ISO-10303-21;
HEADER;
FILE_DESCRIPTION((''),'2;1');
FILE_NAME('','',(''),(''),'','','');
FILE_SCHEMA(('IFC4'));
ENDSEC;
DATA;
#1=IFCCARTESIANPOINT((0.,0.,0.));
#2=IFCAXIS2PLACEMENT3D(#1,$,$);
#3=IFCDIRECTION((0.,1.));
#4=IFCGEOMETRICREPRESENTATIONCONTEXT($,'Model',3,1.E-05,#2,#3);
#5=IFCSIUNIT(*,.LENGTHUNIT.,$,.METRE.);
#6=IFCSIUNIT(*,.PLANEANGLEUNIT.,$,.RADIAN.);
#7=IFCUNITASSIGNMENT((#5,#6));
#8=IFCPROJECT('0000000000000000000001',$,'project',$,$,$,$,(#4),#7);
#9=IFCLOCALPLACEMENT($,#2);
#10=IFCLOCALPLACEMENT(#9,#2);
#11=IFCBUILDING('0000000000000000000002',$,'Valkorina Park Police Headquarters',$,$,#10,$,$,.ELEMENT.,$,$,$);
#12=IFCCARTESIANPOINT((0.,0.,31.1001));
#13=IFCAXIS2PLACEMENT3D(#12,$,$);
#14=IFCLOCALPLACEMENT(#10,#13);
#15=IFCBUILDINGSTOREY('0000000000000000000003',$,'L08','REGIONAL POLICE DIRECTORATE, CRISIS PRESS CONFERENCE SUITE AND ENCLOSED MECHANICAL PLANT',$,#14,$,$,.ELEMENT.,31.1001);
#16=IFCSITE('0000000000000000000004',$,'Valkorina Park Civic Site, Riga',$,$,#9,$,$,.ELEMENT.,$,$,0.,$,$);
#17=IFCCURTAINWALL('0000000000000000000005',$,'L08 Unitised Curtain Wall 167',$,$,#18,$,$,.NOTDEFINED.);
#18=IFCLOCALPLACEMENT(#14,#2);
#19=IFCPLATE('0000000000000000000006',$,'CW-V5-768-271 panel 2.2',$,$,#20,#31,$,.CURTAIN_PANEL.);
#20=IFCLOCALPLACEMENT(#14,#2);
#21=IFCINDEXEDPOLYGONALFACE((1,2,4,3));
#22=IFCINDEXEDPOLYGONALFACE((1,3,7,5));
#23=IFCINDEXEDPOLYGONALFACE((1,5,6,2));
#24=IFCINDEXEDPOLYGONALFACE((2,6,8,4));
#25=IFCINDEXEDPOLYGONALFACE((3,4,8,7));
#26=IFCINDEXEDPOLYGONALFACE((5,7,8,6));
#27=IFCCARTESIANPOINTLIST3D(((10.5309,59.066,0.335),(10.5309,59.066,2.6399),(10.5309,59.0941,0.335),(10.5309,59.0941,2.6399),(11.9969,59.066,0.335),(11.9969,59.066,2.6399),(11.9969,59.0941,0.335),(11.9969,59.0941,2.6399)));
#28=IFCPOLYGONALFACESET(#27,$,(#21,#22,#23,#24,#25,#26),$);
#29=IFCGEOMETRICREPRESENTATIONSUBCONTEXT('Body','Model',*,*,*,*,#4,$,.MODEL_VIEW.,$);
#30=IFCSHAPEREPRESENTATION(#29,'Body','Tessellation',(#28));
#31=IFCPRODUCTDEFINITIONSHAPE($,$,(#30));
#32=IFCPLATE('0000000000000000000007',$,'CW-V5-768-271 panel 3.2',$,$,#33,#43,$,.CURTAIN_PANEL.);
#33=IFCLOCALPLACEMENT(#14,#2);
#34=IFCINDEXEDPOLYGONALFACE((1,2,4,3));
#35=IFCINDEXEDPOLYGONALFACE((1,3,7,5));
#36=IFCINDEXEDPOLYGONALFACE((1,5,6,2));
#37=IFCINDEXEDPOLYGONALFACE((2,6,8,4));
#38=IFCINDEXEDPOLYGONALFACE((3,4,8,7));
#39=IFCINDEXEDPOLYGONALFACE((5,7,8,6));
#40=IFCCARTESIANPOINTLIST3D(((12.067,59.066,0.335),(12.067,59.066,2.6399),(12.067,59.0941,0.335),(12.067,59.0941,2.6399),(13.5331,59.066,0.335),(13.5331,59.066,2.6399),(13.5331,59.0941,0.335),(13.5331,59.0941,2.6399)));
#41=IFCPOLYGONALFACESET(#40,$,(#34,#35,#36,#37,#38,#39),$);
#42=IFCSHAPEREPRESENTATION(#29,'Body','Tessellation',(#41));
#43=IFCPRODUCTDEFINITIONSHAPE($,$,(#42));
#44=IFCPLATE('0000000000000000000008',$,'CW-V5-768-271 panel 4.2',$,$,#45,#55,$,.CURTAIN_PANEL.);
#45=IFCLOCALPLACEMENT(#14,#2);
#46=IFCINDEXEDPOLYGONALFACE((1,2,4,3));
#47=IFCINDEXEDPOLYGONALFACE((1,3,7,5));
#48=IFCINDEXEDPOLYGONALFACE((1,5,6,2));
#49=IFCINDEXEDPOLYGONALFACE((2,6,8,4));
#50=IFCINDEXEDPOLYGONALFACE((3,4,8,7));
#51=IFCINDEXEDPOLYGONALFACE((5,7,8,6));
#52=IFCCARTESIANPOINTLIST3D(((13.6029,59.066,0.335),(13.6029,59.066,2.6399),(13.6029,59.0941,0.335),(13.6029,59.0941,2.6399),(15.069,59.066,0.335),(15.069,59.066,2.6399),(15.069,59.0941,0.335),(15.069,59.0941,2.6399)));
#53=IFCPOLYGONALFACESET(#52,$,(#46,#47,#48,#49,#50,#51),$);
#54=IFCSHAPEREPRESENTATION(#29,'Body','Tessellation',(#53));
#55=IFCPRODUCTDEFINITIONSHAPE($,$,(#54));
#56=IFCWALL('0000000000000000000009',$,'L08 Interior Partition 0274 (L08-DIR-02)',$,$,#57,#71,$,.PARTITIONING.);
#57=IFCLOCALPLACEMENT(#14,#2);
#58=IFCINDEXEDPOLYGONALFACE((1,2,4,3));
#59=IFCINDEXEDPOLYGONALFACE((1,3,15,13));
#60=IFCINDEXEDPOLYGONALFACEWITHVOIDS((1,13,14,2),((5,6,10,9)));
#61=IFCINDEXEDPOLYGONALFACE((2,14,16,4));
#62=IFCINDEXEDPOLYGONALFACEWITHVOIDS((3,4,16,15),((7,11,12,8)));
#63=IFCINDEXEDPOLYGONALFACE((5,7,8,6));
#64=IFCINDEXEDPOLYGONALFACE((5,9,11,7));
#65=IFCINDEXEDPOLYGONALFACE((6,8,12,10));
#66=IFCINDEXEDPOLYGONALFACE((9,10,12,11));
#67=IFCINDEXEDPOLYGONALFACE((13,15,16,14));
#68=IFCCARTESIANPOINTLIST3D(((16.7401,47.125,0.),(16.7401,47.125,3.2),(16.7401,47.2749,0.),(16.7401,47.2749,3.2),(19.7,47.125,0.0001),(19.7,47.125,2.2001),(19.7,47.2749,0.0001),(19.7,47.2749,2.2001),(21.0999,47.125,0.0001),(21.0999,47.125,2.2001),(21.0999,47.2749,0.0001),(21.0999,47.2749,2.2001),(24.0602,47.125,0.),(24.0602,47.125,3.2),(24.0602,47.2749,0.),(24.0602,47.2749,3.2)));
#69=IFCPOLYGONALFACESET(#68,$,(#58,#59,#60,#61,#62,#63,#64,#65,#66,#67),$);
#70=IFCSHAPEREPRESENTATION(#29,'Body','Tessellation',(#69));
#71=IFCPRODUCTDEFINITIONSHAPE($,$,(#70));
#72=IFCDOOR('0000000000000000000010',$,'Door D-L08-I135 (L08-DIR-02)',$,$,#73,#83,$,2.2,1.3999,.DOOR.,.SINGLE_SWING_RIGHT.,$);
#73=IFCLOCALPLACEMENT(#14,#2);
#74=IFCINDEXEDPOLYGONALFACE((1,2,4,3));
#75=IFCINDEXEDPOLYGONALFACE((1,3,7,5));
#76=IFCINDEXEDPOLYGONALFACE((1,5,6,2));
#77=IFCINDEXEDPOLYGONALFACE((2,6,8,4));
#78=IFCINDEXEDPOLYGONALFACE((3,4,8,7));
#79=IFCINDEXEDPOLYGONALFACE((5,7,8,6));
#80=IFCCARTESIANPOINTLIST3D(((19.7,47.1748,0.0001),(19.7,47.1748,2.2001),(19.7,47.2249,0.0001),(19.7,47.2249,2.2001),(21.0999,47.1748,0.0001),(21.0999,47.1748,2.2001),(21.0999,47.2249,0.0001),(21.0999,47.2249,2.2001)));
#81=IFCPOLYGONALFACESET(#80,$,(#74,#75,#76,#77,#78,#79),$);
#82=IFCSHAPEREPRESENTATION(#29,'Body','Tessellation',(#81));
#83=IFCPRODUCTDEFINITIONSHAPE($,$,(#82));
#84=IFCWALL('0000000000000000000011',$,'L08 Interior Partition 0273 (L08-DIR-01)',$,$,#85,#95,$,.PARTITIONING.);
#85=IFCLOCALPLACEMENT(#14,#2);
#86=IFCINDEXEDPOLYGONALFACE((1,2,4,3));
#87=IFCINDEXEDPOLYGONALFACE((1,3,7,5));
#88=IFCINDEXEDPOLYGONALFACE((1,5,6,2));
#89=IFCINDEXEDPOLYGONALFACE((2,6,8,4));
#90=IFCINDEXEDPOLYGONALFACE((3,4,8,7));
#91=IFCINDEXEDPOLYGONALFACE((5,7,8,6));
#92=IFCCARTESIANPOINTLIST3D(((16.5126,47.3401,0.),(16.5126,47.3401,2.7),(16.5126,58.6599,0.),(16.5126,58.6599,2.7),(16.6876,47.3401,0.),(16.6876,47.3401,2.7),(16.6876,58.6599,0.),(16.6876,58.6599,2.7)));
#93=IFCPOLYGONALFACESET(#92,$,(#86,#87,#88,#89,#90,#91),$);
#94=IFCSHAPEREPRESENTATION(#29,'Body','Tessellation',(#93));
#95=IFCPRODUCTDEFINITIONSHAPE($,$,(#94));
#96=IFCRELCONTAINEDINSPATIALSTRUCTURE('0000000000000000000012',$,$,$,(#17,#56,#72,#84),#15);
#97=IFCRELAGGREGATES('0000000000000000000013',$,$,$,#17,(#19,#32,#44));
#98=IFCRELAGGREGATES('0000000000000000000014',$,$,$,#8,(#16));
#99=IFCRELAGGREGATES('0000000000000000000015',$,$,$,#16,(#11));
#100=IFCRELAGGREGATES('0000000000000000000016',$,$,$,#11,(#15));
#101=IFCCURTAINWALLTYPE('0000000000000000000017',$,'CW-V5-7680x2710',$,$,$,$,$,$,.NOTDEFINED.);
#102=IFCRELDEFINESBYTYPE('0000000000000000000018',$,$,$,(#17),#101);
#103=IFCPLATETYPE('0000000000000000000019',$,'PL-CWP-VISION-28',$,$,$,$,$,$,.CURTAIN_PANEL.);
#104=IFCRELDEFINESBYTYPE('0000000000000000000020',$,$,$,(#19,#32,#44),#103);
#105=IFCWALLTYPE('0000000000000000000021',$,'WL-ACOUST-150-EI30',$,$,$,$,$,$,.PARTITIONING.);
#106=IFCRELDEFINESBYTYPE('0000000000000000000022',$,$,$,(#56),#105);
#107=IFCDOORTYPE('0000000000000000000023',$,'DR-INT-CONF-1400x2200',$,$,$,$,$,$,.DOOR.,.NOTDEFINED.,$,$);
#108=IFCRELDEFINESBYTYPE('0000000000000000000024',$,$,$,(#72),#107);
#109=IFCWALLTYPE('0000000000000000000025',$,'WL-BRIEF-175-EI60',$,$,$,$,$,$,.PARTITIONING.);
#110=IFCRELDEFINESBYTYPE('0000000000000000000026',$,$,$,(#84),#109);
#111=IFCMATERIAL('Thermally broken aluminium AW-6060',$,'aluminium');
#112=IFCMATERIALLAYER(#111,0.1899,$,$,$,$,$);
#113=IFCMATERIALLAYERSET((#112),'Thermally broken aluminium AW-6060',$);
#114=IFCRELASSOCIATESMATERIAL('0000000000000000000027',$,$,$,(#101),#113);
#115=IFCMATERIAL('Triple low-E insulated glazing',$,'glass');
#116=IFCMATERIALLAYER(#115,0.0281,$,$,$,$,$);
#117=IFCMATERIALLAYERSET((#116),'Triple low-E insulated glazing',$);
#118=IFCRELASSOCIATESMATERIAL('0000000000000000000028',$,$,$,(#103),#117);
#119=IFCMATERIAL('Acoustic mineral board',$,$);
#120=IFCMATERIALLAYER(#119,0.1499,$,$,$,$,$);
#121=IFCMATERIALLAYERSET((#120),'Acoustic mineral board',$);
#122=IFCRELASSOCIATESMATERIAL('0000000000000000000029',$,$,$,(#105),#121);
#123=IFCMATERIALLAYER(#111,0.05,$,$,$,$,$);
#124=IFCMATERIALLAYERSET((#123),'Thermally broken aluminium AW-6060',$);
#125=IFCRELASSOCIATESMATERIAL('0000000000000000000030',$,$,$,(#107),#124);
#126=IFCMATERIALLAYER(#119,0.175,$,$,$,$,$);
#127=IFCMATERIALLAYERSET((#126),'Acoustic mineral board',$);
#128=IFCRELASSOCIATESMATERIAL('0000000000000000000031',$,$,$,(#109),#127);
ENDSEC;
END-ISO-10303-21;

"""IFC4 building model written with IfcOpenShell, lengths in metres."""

from ifc_helpers import new_model, si_unit, direction, frame, frame_2d, origin, origin_2d, place, context, subcontext, project, spatial, rectangle, extrude, material, layer, layer_set, type_object, element, fill, aggregate, save


model = new_model("IFC4")

# Units and contexts
model_context = context("Model", 3, precision=1e-05, world=origin(), true_north=direction((0.0, 1.0)))
body_context = subcontext(model_context, "Body", "Model", "MODEL_VIEW")
ifc_project = project(units=[si_unit("LENGTHUNIT", "METRE"), si_unit("PLANEANGLEUNIT", "RADIAN")], contexts=[model_context])

# Site, building, storey
site_placement = place(None, origin())
site = spatial("IfcSite", under=ifc_project, at=site_placement, Name="Valkorina Park Civic Site, Riga", CompositionType="ELEMENT", RefElevation=0.0)
building_placement = place(site_placement, origin())
building = spatial("IfcBuilding", under=site, at=building_placement, Name="Valkorina Park Police Headquarters", CompositionType="ELEMENT")
storey_placement = place(building_placement, frame((0.0, 0.0, 31.1001)))
storey = spatial("IfcBuildingStorey", under=building, at=storey_placement, Name="L08", Description="REGIONAL POLICE DIRECTORATE, CRISIS PRESS CONFERENCE SUITE AND ENCLOSED MECHANICAL PLANT", CompositionType="ELEMENT", Elevation=31.1001)

# Curtain wall, plates
ifc_material_1 = material(Name="Thermally broken aluminium AW-6060", Category="aluminium")
ifc_layer_1 = layer(ifc_material_1, 0.1899)
ifc_layer_set_1 = layer_set([ifc_layer_1], Name="Thermally broken aluminium AW-6060")
curtain_wall_type = type_object("IfcCurtainWallType", Name="CW-V5-7680x2710", PredefinedType="NOTDEFINED", material=ifc_layer_set_1)
curtain_wall_placement = place(storey_placement, origin())
curtain_wall = element("IfcCurtainWall", 1, at=curtain_wall_placement, inside=storey, type_object=curtain_wall_type, Name="L08 Unitised Curtain Wall 167", PredefinedType="NOTDEFINED")
ifc_material_2 = material(Name="Triple low-E insulated glazing", Category="glass")
ifc_layer_2 = layer(ifc_material_2, 0.0281)
ifc_layer_set_2 = layer_set([ifc_layer_2], Name="Triple low-E insulated glazing")
plate_type_1 = type_object("IfcPlateType", Name="PL-CWP-VISION-28", PredefinedType="CURTAIN_PANEL", material=ifc_layer_set_2)
plate_1_placement = place(storey_placement, frame((11.2639, 59.0801, 0.335), z_axis=(0.0, 0.0, 1.0), x_axis=(1.0, 0.0, 0.0)))
plate_1 = element("IfcPlate", 2, at=plate_1_placement, type_object=plate_type_1, Name="CW-V5-768-271 panel 2.2", PredefinedType="CURTAIN_PANEL", context=body_context, shape_type="SweptSolid", body=[
    extrude(rectangle(XDim=1.4661, YDim=0.0281, at=origin_2d()), origin(), (0.0, 0.0, 1.0), 2.3049),
])
plate_2_placement = place(storey_placement, frame((12.8, 59.0801, 0.335), z_axis=(0.0, 0.0, 1.0), x_axis=(1.0, 0.0, 0.0)))
plate_2 = element("IfcPlate", 3, at=plate_2_placement, type_object=plate_type_1, Name="CW-V5-768-271 panel 3.2", PredefinedType="CURTAIN_PANEL", context=body_context, shape_type="SweptSolid", body=[
    extrude(rectangle(XDim=1.4661, YDim=0.0281, at=origin_2d()), origin(), (0.0, 0.0, 1.0), 2.3049),
])
plate_3_placement = place(storey_placement, frame((14.3359, 59.0801, 0.335), z_axis=(0.0, 0.0, 1.0), x_axis=(1.0, 0.0, 0.0)))
plate_3 = element("IfcPlate", 4, at=plate_3_placement, type_object=plate_type_1, Name="CW-V5-768-271 panel 4.2", PredefinedType="CURTAIN_PANEL", context=body_context, shape_type="SweptSolid", body=[
    extrude(rectangle(XDim=1.4661, YDim=0.0281, at=origin_2d()), origin(), (0.0, 0.0, 1.0), 2.3049),
])
aggregate(curtain_wall, [plate_1, plate_2, plate_3])

# Wall, opening, door
ifc_material_3 = material(Name="Acoustic mineral board")
ifc_layer_3 = layer(ifc_material_3, 0.1499)
ifc_layer_set_3 = layer_set([ifc_layer_3], Name="Acoustic mineral board")
wall_type_1 = type_object("IfcWallType", Name="WL-ACOUST-150-EI30", PredefinedType="PARTITIONING", material=ifc_layer_set_3)
wall_1_placement = place(storey_placement, frame((16.74, 47.2, 0.0), z_axis=(0.0, 0.0, 1.0), x_axis=(1.0, 0.0, 0.0)))
wall_1 = element("IfcWall", 5, at=wall_1_placement, inside=storey, type_object=wall_type_1, Name="L08 Interior Partition 0274 (L08-DIR-02)", PredefinedType="PARTITIONING", context=body_context, shape_type="SweptSolid", body=[
    extrude(rectangle(XDim=7.3201, YDim=0.1499, at=frame_2d((3.6602, 0.0))), origin(), (0.0, 0.0, 1.0), 3.2),
])
opening_placement = place(wall_1_placement, frame((2.96, 0.0, 0.0)))
opening = element("IfcOpeningElement", 6, at=opening_placement, cuts=wall_1, PredefinedType="OPENING", context=body_context, shape_type="SweptSolid", body=[
    extrude(rectangle(XDim=1.3999, YDim=2.2, at=frame_2d((0.7, 1.1001))), frame((0.0, 0.085, 0.0), z_axis=(0.0, -1.0, 0.0), x_axis=(1.0, 0.0, 0.0)), (0.0, 0.0, 1.0), 0.1699),
])
ifc_layer_4 = layer(ifc_material_1, 0.05)
ifc_layer_set_4 = layer_set([ifc_layer_4], Name="Thermally broken aluminium AW-6060")
door_type = type_object("IfcDoorType", Name="DR-INT-CONF-1400x2200", OperationType="NOTDEFINED", PredefinedType="DOOR", material=ifc_layer_set_4)
door_placement = place(opening_placement, origin())
door = element("IfcDoor", 7, at=door_placement, inside=storey, type_object=door_type, Name="Door D-L08-I135 (L08-DIR-02)", OperationType="SINGLE_SWING_RIGHT", OverallHeight=2.2, OverallWidth=1.3999, PredefinedType="DOOR", context=body_context, shape_type="SweptSolid", body=[
    extrude(rectangle(XDim=1.3999, YDim=2.2, at=frame_2d((0.7, 1.1001))), frame((0.0, 0.0249, 0.0), z_axis=(0.0, -1.0, 0.0), x_axis=(1.0, 0.0, 0.0)), (0.0, 0.0, 1.0), 0.05),
])
fill(opening, door)

# Wall
ifc_layer_5 = layer(ifc_material_3, 0.175)
ifc_layer_set_5 = layer_set([ifc_layer_5], Name="Acoustic mineral board")
wall_type_2 = type_object("IfcWallType", Name="WL-BRIEF-175-EI60", PredefinedType="PARTITIONING", material=ifc_layer_set_5)
wall_2_placement = place(storey_placement, frame((16.6001, 47.3401, 0.0), z_axis=(0.0, 0.0, 1.0), x_axis=(0.0, 1.0, 0.0)))
element("IfcWall", 8, at=wall_2_placement, inside=storey, type_object=wall_type_2, Name="L08 Interior Partition 0273 (L08-DIR-01)", PredefinedType="PARTITIONING", context=body_context, shape_type="SweptSolid", body=[
    extrude(rectangle(XDim=11.3198, YDim=0.175, at=frame_2d((5.6599, 0.0))), origin(), (0.0, 0.0, 1.0), 2.7),
])

save(model, "model.ifc")
